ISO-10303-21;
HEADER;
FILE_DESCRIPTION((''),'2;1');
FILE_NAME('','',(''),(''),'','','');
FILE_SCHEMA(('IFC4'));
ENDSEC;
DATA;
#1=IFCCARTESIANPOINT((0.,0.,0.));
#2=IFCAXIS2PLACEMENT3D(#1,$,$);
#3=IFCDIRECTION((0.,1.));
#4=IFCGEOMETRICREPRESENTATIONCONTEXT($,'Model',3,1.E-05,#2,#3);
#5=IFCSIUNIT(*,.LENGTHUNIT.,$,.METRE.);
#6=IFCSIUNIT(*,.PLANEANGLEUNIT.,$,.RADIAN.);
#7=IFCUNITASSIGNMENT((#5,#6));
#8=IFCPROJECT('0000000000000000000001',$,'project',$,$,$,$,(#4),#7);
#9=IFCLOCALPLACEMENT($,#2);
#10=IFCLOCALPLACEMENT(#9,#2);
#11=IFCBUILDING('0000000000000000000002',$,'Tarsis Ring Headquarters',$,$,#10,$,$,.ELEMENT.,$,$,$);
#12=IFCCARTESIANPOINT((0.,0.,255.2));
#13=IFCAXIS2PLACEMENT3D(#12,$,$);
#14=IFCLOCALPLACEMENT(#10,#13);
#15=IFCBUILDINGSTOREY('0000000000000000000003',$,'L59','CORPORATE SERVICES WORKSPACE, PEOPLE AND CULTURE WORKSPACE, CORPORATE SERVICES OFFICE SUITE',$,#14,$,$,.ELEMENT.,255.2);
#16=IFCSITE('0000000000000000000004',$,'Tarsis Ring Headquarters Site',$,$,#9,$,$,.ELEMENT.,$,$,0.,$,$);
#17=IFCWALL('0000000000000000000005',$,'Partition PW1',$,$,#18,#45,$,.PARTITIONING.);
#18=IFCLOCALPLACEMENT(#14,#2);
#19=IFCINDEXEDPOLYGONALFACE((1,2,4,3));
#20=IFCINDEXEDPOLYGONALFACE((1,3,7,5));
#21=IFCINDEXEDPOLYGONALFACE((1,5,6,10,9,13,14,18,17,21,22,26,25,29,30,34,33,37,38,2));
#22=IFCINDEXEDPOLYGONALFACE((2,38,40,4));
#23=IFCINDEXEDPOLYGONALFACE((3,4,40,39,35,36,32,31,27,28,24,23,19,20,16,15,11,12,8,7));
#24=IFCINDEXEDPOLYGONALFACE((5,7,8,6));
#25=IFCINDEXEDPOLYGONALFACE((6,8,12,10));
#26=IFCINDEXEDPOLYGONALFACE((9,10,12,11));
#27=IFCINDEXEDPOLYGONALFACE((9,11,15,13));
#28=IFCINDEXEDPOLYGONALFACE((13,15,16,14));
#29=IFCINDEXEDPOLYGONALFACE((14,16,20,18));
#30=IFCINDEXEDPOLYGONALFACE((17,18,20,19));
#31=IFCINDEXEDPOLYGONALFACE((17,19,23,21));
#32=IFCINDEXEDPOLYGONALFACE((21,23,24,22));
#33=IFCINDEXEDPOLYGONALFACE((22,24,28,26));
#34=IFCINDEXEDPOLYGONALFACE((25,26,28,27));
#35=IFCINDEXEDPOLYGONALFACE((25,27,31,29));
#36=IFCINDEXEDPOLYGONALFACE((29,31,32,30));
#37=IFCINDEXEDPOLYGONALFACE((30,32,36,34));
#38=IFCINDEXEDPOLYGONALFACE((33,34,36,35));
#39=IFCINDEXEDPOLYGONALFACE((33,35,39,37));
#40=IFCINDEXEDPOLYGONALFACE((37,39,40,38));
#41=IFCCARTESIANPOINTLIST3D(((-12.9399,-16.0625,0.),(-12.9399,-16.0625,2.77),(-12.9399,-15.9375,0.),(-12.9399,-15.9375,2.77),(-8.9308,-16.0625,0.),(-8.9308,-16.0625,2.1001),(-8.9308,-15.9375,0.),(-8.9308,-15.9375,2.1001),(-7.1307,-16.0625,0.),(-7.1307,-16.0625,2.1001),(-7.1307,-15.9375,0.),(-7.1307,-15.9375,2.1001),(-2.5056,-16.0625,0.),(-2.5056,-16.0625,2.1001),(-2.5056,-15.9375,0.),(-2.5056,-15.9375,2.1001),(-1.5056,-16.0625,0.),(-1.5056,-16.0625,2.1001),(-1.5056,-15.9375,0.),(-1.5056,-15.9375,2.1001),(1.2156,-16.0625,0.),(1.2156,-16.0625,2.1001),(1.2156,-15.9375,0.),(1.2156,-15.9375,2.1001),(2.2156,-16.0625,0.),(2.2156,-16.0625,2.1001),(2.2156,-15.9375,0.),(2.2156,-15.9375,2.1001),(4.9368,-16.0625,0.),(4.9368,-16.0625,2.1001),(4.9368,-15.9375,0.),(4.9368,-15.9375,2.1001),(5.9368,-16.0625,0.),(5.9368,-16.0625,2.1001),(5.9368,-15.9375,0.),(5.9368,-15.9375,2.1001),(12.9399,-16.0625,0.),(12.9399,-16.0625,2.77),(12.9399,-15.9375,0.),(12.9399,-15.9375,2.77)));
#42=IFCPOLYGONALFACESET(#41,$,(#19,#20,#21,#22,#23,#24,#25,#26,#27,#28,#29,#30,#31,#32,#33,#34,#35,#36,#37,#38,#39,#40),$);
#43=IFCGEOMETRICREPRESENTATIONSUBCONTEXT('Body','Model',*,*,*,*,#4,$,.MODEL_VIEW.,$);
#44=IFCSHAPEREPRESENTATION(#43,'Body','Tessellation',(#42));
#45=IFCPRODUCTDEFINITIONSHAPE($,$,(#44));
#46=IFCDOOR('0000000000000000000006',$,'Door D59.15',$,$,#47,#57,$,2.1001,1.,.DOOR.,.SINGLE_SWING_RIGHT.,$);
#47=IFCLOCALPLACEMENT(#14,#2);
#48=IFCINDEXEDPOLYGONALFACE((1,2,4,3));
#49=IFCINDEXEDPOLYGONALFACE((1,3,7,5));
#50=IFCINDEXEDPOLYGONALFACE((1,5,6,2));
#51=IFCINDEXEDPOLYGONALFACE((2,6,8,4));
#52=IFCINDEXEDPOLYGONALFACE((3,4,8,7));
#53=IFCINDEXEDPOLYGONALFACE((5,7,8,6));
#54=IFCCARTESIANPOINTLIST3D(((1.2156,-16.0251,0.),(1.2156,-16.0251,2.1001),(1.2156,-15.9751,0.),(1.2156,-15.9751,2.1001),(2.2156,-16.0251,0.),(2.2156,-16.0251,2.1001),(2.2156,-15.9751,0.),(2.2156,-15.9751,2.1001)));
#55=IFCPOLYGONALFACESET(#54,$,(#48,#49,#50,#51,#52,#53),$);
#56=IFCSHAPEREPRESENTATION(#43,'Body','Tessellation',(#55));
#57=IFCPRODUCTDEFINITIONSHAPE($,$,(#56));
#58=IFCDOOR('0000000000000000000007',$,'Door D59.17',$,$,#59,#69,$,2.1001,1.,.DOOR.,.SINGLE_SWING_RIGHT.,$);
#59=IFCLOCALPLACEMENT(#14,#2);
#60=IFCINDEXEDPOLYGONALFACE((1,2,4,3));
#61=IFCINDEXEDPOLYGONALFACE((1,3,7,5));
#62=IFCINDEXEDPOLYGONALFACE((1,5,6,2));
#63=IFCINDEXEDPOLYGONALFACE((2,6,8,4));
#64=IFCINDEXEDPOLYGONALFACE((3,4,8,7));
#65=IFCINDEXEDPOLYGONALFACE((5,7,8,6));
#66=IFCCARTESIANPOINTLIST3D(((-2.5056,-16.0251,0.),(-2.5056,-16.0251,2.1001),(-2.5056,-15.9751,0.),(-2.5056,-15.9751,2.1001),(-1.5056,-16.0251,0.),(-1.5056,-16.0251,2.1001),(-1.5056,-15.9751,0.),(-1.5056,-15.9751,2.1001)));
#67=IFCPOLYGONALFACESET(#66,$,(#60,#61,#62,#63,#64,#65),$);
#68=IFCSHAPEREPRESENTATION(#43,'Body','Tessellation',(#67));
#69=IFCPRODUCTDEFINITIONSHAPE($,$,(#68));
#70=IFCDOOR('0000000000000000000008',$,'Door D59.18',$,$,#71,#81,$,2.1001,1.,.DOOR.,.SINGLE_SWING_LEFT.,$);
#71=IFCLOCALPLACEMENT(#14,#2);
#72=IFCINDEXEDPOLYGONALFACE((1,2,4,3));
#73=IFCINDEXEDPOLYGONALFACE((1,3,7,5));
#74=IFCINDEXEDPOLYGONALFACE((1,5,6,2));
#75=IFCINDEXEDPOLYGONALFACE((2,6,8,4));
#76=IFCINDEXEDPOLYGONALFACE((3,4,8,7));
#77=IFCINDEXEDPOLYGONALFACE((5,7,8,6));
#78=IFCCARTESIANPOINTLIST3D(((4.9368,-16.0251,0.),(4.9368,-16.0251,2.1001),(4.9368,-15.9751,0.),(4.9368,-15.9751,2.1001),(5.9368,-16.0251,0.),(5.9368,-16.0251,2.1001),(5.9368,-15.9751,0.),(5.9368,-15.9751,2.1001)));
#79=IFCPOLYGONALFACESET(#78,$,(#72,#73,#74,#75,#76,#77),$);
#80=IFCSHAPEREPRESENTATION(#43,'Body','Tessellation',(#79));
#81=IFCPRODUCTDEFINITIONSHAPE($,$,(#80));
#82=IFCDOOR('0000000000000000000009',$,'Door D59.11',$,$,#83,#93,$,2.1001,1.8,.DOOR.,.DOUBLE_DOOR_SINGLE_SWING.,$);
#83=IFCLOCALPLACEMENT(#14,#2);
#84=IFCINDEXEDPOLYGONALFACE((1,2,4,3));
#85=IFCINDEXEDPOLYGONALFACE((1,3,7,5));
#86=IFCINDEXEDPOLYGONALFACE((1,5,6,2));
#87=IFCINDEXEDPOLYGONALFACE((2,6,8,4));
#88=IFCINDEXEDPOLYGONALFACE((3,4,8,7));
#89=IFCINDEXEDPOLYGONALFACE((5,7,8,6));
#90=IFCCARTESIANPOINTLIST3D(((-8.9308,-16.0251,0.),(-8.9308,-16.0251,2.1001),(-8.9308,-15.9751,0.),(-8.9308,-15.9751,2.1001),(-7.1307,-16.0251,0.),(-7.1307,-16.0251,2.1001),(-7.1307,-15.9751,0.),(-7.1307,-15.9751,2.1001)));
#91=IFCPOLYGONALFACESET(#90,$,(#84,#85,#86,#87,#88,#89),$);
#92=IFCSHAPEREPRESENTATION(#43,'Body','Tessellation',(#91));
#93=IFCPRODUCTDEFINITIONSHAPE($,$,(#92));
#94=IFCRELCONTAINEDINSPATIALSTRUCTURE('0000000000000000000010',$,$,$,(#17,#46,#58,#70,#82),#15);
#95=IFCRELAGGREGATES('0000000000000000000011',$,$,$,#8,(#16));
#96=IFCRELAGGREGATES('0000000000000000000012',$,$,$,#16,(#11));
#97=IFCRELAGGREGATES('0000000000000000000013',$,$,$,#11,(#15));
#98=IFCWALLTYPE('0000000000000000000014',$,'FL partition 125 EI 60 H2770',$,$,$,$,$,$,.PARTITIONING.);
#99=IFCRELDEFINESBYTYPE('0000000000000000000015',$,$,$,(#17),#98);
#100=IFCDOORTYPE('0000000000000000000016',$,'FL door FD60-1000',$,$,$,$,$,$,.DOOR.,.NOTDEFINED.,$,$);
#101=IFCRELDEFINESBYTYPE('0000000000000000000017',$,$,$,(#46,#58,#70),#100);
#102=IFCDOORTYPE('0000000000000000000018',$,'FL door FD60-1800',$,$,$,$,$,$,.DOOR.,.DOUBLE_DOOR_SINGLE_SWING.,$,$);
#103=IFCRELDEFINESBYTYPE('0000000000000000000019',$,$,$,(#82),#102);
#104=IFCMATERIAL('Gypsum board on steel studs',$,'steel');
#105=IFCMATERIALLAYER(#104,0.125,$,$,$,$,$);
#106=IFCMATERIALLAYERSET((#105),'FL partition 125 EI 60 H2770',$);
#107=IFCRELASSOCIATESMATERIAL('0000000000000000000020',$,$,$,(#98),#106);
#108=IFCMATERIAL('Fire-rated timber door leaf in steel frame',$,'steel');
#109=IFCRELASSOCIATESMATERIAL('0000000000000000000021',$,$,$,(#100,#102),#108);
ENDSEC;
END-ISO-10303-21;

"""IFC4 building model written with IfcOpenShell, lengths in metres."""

from ifc_helpers import new_model, si_unit, direction, frame, frame_2d, origin, place, context, subcontext, project, spatial, rectangle, extrude, material, layer, layer_set, type_object, element, fill, save


model = new_model("IFC4")

# Units and contexts
model_context = context("Model", 3, precision=1e-05, world=origin(), true_north=direction((0.0, 1.0)))
body_context = subcontext(model_context, "Body", "Model", "MODEL_VIEW")
ifc_project = project(units=[si_unit("LENGTHUNIT", "METRE"), si_unit("PLANEANGLEUNIT", "RADIAN")], contexts=[model_context])

# Site, building, storey
site_placement = place(None, origin())
site = spatial("IfcSite", under=ifc_project, at=site_placement, Name="Tarsis Ring Headquarters Site", CompositionType="ELEMENT", RefElevation=0.0)
building_placement = place(site_placement, origin())
building = spatial("IfcBuilding", under=site, at=building_placement, Name="Tarsis Ring Headquarters", CompositionType="ELEMENT")
storey_placement = place(building_placement, frame((0.0, 0.0, 255.2)))
storey = spatial("IfcBuildingStorey", under=building, at=storey_placement, Name="L59", Description="CORPORATE SERVICES WORKSPACE, PEOPLE AND CULTURE WORKSPACE, CORPORATE SERVICES OFFICE SUITE", CompositionType="ELEMENT", Elevation=255.2)

# Wall, openings, doors
ifc_material_1 = material(Name="Gypsum board on steel studs", Category="steel")
ifc_layer_1 = layer(ifc_material_1, 0.125)
ifc_layer_set_1 = layer_set([ifc_layer_1], Name="FL partition 125 EI 60 H2770")
wall_type_1 = type_object("IfcWallType", Name="FL partition 125 EI 60 H2770", PredefinedType="PARTITIONING", material=ifc_layer_set_1)
ifc_material_2 = material(Name="Fire-rated timber door leaf in steel frame", Category="steel")
door_type_1 = type_object("IfcDoorType", Name="FL door FD60-1000", OperationType="NOTDEFINED", PredefinedType="DOOR", material=ifc_material_2)
door_type_2 = type_object("IfcDoorType", Name="FL door FD60-1800", OperationType="DOUBLE_DOOR_SINGLE_SWING", PredefinedType="DOOR", material=ifc_material_2)
wall_1_placement = place(storey_placement, frame((-12.9399, -16.0, 0.0), z_axis=(0.0, 0.0, 1.0), x_axis=(1.0, 0.0, 0.0)))
wall_1 = element("IfcWall", 1, at=wall_1_placement, inside=storey, type_object=wall_type_1, Name="Partition PW1", PredefinedType="PARTITIONING", context=body_context, shape_type="SweptSolid", body=[
    extrude(rectangle(XDim=25.8799, YDim=0.125, at=frame_2d((12.9399, 0.0))), origin(), (0.0, 0.0, 1.0), 2.77),
])
opening_1_placement = place(wall_1_placement, frame((4.0093, 0.0, 0.0)))
opening_1 = element("IfcOpeningElement", 2, at=opening_1_placement, cuts=wall_1, PredefinedType="OPENING", context=body_context, shape_type="SweptSolid", body=[
    extrude(rectangle(XDim=1.8, YDim=2.1001, at=frame_2d((0.8999, 1.05))), frame((0.0, 0.0725, 0.0), z_axis=(0.0, -1.0, 0.0), x_axis=(1.0, 0.0, 0.0)), (0.0, 0.0, 1.0), 0.145),
])
opening_2_placement = place(wall_1_placement, frame((14.1555, 0.0, 0.0)))
opening_2 = element("IfcOpeningElement", 3, at=opening_2_placement, cuts=wall_1, PredefinedType="OPENING", context=body_context, shape_type="SweptSolid", body=[
    extrude(rectangle(XDim=1.0, YDim=2.1001, at=frame_2d((0.5, 1.05))), frame((0.0, 0.0725, 0.0), z_axis=(0.0, -1.0, 0.0), x_axis=(1.0, 0.0, 0.0)), (0.0, 0.0, 1.0), 0.145),
])
opening_3_placement = place(wall_1_placement, frame((10.4343, 0.0, 0.0)))
opening_3 = element("IfcOpeningElement", 4, at=opening_3_placement, cuts=wall_1, PredefinedType="OPENING", context=body_context, shape_type="SweptSolid", body=[
    extrude(rectangle(XDim=1.0, YDim=2.1001, at=frame_2d((0.5, 1.05))), frame((0.0, 0.0725, 0.0), z_axis=(0.0, -1.0, 0.0), x_axis=(1.0, 0.0, 0.0)), (0.0, 0.0, 1.0), 0.145),
])
opening_4_placement = place(wall_1_placement, frame((17.8767, 0.0, 0.0)))
opening_4 = element("IfcOpeningElement", 5, at=opening_4_placement, cuts=wall_1, PredefinedType="OPENING", context=body_context, shape_type="SweptSolid", body=[
    extrude(rectangle(XDim=1.0, YDim=2.1001, at=frame_2d((0.5, 1.05))), frame((0.0, 0.0725, 0.0), z_axis=(0.0, -1.0, 0.0), x_axis=(1.0, 0.0, 0.0)), (0.0, 0.0, 1.0), 0.145),
])
door_1_placement = place(opening_2_placement, origin())
door_1 = element("IfcDoor", 6, at=door_1_placement, inside=storey, type_object=door_type_1, Name="Door D59.15", OperationType="SINGLE_SWING_RIGHT", OverallHeight=2.1001, OverallWidth=1.0, PredefinedType="DOOR", context=body_context, shape_type="SweptSolid", body=[
    extrude(rectangle(XDim=1.0, YDim=2.1001, at=frame_2d((0.5, 1.05))), frame((0.0, 0.0249, 0.0), z_axis=(0.0, -1.0, 0.0), x_axis=(1.0, 0.0, 0.0)), (0.0, 0.0, 1.0), 0.05),
])
fill(opening_2, door_1)
door_2_placement = place(opening_3_placement, origin())
door_2 = element("IfcDoor", 7, at=door_2_placement, inside=storey, type_object=door_type_1, Name="Door D59.17", OperationType="SINGLE_SWING_RIGHT", OverallHeight=2.1001, OverallWidth=1.0, PredefinedType="DOOR", context=body_context, shape_type="SweptSolid", body=[
    extrude(rectangle(XDim=1.0, YDim=2.1001, at=frame_2d((0.5, 1.05))), frame((0.0, 0.0249, 0.0), z_axis=(0.0, -1.0, 0.0), x_axis=(1.0, 0.0, 0.0)), (0.0, 0.0, 1.0), 0.05),
])
fill(opening_3, door_2)
door_3_placement = place(opening_4_placement, origin())
door_3 = element("IfcDoor", 8, at=door_3_placement, inside=storey, type_object=door_type_1, Name="Door D59.18", OperationType="SINGLE_SWING_LEFT", OverallHeight=2.1001, OverallWidth=1.0, PredefinedType="DOOR", context=body_context, shape_type="SweptSolid", body=[
    extrude(rectangle(XDim=1.0, YDim=2.1001, at=frame_2d((0.5, 1.05))), frame((0.0, 0.0249, 0.0), z_axis=(0.0, -1.0, 0.0), x_axis=(1.0, 0.0, 0.0)), (0.0, 0.0, 1.0), 0.05),
])
fill(opening_4, door_3)
door_4_placement = place(opening_1_placement, origin())
door_4 = element("IfcDoor", 9, at=door_4_placement, inside=storey, type_object=door_type_2, Name="Door D59.11", OperationType="DOUBLE_DOOR_SINGLE_SWING", OverallHeight=2.1001, OverallWidth=1.8, PredefinedType="DOOR", context=body_context, shape_type="SweptSolid", body=[
    extrude(rectangle(XDim=1.8, YDim=2.1001, at=frame_2d((0.8999, 1.05))), frame((0.0, 0.0249, 0.0), z_axis=(0.0, -1.0, 0.0), x_axis=(1.0, 0.0, 0.0)), (0.0, 0.0, 1.0), 0.05),
])
fill(opening_1, door_4)

save(model, "model.ifc")
